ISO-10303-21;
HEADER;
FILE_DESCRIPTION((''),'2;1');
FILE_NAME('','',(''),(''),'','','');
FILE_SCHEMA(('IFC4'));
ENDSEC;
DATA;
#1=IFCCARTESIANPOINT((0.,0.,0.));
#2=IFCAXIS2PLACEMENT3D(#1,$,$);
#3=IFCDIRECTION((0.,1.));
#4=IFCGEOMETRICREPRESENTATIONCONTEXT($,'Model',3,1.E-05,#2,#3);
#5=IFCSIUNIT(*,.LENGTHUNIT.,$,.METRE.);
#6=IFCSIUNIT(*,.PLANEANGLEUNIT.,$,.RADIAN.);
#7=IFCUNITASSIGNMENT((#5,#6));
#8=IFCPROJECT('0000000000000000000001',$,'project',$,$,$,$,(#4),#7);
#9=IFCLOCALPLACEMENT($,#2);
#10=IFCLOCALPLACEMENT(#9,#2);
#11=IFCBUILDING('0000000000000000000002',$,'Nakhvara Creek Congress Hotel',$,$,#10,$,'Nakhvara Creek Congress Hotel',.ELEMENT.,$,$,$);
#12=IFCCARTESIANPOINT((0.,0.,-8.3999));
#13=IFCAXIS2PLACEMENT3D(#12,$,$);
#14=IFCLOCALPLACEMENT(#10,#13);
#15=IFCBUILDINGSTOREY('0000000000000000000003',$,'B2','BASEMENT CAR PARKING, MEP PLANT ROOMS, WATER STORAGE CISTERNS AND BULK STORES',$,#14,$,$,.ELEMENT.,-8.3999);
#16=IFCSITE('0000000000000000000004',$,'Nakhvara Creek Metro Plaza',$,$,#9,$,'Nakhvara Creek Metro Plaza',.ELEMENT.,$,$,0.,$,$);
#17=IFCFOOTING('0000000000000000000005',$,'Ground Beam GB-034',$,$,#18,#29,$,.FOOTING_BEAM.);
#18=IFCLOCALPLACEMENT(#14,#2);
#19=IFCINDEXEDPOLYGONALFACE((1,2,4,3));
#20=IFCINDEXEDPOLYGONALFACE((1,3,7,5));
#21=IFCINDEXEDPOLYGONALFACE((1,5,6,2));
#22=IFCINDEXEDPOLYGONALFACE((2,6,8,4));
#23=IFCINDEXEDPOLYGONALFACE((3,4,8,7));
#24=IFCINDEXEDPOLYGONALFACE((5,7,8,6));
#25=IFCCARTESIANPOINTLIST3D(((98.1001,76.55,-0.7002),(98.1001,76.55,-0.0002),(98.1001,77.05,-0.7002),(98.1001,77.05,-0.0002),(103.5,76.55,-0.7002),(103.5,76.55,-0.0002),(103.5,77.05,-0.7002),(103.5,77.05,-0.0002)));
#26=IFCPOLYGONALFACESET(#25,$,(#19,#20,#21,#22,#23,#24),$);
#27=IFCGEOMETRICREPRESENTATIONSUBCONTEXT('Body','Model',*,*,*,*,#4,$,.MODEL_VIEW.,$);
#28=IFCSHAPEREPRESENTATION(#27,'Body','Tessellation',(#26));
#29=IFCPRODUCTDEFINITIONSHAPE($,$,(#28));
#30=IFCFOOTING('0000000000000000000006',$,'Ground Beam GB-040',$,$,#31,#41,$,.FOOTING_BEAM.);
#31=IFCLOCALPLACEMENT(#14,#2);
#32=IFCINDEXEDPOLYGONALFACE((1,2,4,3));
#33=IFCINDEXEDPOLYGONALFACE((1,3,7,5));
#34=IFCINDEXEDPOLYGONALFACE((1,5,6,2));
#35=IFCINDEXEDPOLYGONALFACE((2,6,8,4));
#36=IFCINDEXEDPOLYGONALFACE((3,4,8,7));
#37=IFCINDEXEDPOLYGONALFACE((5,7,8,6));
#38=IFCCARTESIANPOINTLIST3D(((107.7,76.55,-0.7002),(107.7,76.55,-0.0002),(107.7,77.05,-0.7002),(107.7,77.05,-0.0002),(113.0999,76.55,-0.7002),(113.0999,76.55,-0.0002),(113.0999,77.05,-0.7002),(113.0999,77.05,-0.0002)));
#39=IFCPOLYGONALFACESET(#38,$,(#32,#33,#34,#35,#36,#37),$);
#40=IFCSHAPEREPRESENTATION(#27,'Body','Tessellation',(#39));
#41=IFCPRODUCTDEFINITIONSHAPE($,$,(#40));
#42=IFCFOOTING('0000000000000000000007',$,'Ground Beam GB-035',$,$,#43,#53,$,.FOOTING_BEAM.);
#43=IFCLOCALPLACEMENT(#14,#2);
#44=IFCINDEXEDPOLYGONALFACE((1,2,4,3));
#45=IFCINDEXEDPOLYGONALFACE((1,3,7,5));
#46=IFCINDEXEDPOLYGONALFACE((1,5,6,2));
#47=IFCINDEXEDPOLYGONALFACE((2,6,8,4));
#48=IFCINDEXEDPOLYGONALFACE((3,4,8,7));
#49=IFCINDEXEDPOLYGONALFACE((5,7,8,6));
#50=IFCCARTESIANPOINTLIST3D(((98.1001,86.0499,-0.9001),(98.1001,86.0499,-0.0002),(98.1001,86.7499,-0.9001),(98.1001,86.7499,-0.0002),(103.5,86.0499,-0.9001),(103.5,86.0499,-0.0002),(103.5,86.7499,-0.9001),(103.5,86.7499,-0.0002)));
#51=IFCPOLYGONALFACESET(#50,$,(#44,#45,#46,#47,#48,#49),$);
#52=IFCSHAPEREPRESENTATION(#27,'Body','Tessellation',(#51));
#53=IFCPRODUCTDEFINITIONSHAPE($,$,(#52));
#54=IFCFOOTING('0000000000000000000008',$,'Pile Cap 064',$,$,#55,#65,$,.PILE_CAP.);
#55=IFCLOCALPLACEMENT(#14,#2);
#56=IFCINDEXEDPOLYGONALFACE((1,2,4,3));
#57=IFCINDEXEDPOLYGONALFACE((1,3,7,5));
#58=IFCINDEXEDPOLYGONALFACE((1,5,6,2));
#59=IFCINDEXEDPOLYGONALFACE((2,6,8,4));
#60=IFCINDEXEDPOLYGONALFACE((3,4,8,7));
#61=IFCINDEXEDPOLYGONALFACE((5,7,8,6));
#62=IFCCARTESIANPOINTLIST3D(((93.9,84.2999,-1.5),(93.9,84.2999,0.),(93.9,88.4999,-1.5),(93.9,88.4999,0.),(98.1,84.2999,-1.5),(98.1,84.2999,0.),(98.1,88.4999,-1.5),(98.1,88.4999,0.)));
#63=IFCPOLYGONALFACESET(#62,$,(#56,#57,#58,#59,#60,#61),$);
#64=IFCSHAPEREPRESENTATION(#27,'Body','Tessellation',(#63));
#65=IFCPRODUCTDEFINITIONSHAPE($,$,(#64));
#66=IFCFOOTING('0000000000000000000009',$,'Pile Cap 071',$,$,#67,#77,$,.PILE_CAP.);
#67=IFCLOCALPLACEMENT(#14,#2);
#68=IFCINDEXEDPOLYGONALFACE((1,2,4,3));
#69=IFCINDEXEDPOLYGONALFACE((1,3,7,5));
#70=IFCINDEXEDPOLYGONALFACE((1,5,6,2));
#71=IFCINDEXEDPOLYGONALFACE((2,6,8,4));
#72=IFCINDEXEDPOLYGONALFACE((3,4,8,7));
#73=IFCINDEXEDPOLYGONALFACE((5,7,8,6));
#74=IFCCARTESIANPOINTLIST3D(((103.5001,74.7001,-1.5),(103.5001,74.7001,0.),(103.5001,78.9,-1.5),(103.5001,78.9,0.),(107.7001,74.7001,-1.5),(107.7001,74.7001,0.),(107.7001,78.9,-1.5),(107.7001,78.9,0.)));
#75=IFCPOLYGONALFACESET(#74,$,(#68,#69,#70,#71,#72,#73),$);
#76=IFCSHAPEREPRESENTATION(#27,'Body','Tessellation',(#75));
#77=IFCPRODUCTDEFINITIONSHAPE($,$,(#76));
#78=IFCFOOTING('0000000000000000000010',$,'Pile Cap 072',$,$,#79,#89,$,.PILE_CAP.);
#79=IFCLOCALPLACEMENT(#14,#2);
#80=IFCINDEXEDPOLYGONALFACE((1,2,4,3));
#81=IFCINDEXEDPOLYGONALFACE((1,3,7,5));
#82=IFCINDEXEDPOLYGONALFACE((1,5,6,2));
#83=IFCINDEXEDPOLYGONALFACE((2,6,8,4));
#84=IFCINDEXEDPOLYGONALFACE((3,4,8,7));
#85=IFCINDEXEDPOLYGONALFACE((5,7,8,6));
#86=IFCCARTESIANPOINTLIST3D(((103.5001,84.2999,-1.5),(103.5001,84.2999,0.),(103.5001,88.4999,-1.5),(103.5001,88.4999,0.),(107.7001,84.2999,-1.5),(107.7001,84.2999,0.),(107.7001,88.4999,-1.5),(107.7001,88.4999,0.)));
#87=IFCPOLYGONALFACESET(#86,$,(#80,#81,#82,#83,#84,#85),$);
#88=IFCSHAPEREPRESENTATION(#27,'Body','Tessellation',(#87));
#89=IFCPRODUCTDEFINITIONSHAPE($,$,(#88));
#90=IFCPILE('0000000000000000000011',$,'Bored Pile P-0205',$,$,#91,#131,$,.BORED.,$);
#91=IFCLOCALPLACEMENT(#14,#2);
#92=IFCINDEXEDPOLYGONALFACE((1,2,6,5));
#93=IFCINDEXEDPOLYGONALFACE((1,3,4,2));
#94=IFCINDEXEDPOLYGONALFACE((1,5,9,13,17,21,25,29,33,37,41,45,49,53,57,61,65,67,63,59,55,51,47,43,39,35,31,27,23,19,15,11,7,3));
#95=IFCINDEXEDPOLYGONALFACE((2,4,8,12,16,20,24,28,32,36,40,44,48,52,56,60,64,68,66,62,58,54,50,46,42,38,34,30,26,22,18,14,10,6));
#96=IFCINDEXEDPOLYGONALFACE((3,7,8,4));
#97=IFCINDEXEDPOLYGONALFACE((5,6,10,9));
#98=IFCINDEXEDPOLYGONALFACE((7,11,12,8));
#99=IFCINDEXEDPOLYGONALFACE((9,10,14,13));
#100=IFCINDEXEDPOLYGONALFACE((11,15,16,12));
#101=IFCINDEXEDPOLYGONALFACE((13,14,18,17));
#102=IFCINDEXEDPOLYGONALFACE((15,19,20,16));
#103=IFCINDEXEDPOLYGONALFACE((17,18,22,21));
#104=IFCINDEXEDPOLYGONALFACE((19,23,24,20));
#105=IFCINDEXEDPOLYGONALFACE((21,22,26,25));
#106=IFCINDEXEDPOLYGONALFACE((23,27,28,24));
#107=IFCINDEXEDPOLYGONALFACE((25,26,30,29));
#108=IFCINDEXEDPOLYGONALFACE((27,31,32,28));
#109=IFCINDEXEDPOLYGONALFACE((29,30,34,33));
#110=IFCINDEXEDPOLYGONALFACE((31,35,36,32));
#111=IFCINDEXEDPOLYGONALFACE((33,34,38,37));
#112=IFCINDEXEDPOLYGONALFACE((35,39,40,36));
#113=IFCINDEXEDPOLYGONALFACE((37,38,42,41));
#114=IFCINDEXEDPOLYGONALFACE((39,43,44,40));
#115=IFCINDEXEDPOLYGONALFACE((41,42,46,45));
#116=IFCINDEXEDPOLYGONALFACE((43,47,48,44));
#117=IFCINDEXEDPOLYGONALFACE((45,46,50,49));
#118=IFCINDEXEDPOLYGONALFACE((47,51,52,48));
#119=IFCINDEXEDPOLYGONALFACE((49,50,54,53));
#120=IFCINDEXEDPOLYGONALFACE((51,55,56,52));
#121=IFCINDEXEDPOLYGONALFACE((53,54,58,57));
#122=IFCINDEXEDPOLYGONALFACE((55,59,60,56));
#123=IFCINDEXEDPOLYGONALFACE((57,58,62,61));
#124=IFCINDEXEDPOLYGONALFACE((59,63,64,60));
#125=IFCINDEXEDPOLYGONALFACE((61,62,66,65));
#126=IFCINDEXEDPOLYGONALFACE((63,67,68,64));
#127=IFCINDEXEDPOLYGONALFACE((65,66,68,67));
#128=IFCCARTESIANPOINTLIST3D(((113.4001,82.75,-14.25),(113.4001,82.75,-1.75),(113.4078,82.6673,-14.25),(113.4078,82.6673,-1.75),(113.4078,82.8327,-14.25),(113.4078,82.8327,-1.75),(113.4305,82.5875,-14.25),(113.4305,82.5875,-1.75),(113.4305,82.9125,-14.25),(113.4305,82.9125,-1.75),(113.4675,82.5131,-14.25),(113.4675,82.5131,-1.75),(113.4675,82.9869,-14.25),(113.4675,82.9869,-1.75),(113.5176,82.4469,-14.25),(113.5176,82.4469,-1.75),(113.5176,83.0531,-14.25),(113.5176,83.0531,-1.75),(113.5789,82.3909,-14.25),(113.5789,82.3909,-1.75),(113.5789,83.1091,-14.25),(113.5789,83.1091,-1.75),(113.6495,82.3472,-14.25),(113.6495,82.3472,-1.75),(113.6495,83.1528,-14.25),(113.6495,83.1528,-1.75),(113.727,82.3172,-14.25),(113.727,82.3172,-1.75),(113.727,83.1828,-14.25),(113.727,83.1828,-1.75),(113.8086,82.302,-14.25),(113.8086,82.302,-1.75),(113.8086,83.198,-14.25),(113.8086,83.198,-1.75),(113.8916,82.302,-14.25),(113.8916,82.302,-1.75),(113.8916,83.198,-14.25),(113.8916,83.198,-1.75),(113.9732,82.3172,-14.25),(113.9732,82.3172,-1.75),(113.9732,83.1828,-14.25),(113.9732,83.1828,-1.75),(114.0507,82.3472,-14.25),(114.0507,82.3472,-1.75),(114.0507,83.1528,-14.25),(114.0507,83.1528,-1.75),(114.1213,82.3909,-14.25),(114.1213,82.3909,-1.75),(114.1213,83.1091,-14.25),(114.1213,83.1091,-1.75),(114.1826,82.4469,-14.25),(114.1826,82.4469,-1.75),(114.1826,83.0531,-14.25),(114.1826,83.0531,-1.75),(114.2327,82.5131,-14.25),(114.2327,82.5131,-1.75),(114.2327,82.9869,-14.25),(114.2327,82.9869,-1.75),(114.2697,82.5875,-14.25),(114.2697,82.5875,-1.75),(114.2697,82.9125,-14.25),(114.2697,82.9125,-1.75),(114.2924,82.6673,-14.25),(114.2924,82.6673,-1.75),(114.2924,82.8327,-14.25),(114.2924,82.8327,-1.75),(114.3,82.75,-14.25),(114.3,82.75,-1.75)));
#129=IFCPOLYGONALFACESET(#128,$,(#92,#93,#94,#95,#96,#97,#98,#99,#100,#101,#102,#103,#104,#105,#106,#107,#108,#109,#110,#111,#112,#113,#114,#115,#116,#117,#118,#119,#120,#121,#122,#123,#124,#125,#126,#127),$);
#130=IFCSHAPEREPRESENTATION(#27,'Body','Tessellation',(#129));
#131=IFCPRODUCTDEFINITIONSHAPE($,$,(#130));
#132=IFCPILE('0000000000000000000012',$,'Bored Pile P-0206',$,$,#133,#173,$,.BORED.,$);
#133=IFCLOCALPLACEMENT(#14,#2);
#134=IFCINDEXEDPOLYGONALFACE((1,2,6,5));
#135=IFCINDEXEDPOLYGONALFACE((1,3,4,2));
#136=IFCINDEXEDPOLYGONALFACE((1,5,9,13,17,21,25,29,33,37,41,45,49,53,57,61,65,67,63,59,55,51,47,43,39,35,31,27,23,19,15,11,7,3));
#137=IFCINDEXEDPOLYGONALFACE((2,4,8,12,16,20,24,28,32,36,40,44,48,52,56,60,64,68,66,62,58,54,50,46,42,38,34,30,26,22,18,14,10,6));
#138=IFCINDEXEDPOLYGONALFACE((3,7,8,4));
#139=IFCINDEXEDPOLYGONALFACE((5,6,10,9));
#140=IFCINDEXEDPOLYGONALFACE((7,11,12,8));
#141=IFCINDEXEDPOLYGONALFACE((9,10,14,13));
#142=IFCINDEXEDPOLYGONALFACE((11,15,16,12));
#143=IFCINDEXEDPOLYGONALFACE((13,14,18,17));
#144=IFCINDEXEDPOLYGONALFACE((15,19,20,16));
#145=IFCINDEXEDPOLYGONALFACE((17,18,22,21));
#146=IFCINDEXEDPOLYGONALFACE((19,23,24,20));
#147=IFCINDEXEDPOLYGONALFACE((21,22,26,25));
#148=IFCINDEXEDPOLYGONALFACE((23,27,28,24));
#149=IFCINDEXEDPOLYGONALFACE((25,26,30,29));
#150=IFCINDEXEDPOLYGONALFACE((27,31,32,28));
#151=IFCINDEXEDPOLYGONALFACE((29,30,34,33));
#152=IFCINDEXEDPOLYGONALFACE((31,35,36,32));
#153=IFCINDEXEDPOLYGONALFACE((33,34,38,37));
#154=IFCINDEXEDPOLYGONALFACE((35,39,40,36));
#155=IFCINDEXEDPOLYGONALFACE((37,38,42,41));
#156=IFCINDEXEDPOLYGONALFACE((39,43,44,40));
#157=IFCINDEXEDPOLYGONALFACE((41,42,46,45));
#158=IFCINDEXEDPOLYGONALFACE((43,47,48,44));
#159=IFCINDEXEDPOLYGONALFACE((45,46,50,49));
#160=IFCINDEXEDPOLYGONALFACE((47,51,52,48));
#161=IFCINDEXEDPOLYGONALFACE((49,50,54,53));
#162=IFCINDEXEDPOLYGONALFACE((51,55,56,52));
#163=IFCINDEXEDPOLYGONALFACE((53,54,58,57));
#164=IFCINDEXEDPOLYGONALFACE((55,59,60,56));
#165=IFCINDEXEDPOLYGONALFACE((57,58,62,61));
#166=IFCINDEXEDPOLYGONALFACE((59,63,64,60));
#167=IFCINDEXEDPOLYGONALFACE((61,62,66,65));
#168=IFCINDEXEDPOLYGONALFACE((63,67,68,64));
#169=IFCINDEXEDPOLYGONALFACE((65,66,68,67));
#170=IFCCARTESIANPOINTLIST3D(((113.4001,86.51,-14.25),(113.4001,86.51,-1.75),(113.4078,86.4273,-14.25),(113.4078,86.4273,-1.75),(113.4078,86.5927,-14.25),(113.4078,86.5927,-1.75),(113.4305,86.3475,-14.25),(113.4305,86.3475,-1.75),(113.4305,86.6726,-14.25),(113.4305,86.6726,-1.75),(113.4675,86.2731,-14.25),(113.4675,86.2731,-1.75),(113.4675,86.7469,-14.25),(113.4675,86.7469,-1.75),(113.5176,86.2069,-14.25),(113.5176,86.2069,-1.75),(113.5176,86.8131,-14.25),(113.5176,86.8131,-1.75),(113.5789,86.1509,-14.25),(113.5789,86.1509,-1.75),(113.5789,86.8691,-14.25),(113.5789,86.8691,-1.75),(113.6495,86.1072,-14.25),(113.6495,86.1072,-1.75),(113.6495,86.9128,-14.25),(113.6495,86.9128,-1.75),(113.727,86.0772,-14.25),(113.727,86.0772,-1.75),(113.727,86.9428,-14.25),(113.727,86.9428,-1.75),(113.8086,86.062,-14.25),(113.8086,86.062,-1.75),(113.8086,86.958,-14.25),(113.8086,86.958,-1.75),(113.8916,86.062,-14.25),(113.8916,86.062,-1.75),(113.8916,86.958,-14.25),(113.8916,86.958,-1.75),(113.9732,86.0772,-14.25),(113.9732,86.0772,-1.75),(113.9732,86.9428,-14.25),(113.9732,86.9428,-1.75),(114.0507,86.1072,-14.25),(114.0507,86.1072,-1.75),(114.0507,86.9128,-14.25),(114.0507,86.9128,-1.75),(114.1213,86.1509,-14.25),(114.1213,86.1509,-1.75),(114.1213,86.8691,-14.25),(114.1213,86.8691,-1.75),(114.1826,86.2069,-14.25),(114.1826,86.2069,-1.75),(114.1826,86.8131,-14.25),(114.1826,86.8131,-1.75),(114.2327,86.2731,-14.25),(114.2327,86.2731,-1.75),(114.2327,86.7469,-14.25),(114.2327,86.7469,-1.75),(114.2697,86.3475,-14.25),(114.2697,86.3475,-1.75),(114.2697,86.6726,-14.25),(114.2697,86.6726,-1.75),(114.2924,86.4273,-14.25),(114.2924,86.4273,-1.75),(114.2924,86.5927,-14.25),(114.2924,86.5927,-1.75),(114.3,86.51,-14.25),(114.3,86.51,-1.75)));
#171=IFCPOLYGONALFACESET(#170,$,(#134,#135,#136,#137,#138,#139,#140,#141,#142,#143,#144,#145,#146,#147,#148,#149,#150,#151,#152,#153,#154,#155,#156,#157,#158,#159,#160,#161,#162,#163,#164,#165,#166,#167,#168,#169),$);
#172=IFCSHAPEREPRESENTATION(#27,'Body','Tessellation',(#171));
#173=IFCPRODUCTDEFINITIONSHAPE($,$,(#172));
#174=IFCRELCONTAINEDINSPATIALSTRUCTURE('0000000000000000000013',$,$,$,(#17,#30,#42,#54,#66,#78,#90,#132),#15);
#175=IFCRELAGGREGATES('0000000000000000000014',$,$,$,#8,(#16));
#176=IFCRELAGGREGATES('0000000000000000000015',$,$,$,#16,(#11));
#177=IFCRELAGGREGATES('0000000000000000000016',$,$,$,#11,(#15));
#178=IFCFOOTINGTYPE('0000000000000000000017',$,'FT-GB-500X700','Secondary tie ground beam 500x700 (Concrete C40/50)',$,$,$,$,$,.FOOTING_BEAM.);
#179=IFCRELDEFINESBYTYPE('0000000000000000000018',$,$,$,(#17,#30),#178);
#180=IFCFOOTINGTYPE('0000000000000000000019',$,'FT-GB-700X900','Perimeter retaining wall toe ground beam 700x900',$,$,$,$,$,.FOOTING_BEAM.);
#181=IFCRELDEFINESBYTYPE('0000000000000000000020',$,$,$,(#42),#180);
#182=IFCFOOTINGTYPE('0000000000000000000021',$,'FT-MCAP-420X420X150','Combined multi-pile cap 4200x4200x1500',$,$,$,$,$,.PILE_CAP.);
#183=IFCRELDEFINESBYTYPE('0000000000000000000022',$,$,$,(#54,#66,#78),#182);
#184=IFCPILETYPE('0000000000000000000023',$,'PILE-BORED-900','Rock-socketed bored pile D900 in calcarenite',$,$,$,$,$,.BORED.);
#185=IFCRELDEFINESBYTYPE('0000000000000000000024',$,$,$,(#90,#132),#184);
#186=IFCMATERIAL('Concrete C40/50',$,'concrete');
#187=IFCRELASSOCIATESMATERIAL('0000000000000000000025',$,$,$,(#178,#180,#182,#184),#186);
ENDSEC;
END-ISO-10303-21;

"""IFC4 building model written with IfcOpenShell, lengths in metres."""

from ifc_helpers import new_model, si_unit, direction, frame, origin, origin_2d, place, context, subcontext, project, spatial, rectangle, circle, extrude, material, material_profile, profile_set, type_object, element, save


model = new_model("IFC4")

# Units and contexts
model_context = context("Model", 3, precision=1e-05, world=origin(), true_north=direction((0.0, 1.0)))
body_context = subcontext(model_context, "Body", "Model", "MODEL_VIEW")
ifc_project = project(units=[si_unit("LENGTHUNIT", "METRE"), si_unit("PLANEANGLEUNIT", "RADIAN")], contexts=[model_context])

# Site, building, storey
site_placement = place(None, origin())
site = spatial("IfcSite", under=ifc_project, at=site_placement, Name="Nakhvara Creek Metro Plaza", LongName="Nakhvara Creek Metro Plaza", CompositionType="ELEMENT", RefElevation=0.0)
building_placement = place(site_placement, origin())
building = spatial("IfcBuilding", under=site, at=building_placement, Name="Nakhvara Creek Congress Hotel", LongName="Nakhvara Creek Congress Hotel", CompositionType="ELEMENT")
storey_placement = place(building_placement, frame((0.0, 0.0, -8.3999)))
storey = spatial("IfcBuildingStorey", under=building, at=storey_placement, Name="B2", Description="BASEMENT CAR PARKING, MEP PLANT ROOMS, WATER STORAGE CISTERNS AND BULK STORES", CompositionType="ELEMENT", Elevation=-8.3999)

# Footings
ifc_material_1 = material(Name="Concrete C40/50", Category="concrete")
footing_type_1 = type_object("IfcFootingType", Name="FT-GB-500X700", Description="Secondary tie ground beam 500x700 (Concrete C40/50)", PredefinedType="FOOTING_BEAM", material=ifc_material_1)
for number, where, z_axis, x_axis, name in (
    (1, (100.8, 76.8, -0.7002), (0.0, 0.0, 1.0), (1.0, 0.0, 0.0), "Ground Beam GB-034"),
    (2, (110.3999, 76.8, -0.7002), (0.0, 0.0, 1.0), (1.0, 0.0, 0.0), "Ground Beam GB-040"),
):
    element("IfcFooting", number, at=place(storey_placement, frame(where, z_axis=z_axis, x_axis=x_axis)), inside=storey, type_object=footing_type_1, Name=name, PredefinedType="FOOTING_BEAM", context=body_context, shape_type="SweptSolid", body=[
        extrude(rectangle(XDim=5.3999, YDim=0.5, at=origin_2d()), origin(), (0.0, 0.0, 1.0), 0.7),
    ])
footing_type_2 = type_object("IfcFootingType", Name="FT-GB-700X900", Description="Perimeter retaining wall toe ground beam 700x900", PredefinedType="FOOTING_BEAM", material=ifc_material_1)
footing_placement = place(storey_placement, frame((100.8, 86.3999, -0.9001), z_axis=(0.0, 0.0, 1.0), x_axis=(1.0, 0.0, 0.0)))
element("IfcFooting", 3, at=footing_placement, inside=storey, type_object=footing_type_2, Name="Ground Beam GB-035", PredefinedType="FOOTING_BEAM", context=body_context, shape_type="SweptSolid", body=[
    extrude(rectangle(XDim=5.3999, YDim=0.7, at=origin_2d()), origin(), (0.0, 0.0, 1.0), 0.8999),
])
footing_type_3 = type_object("IfcFootingType", Name="FT-MCAP-420X420X150", Description="Combined multi-pile cap 4200x4200x1500", PredefinedType="PILE_CAP", material=ifc_material_1)
for number, where, z_axis, x_axis, name in (
    (4, (96.0, 86.3999, -1.5), (0.0, 0.0, 1.0), (1.0, 0.0, 0.0), "Pile Cap 064"),
    (5, (105.6001, 76.8, -1.5), (0.0, 0.0, 1.0), (1.0, 0.0, 0.0), "Pile Cap 071"),
    (6, (105.6001, 86.3999, -1.5), (0.0, 0.0, 1.0), (1.0, 0.0, 0.0), "Pile Cap 072"),
):
    element("IfcFooting", number, at=place(storey_placement, frame(where, z_axis=z_axis, x_axis=x_axis)), inside=storey, type_object=footing_type_3, Name=name, PredefinedType="PILE_CAP", context=body_context, shape_type="SweptSolid", body=[
        extrude(rectangle(XDim=4.2, YDim=4.2, at=origin_2d()), origin(), (0.0, 0.0, 1.0), 1.5),
    ])

# Piles
ifc_material_profile_1 = material_profile(ifc_material_1, circle(Radius=0.45, at=origin_2d()), Name="BORED PILE D900", Category="LoadBearing")
ifc_profile_set_1 = profile_set([ifc_material_profile_1], Name="Concrete C40/50")
pile_type = type_object("IfcPileType", Name="PILE-BORED-900", Description="Rock-socketed bored pile D900 in calcarenite", PredefinedType="BORED", material=ifc_profile_set_1)
for number, where, z_axis, x_axis, name in (
    (7, (113.8501, 82.75, -1.75), (0.0, 0.0, -1.0), (1.0, 0.0, 0.0), "Bored Pile P-0205"),
    (8, (113.8501, 86.51, -1.75), (0.0, 0.0, -1.0), (1.0, 0.0, 0.0), "Bored Pile P-0206"),
):
    element("IfcPile", number, at=place(storey_placement, frame(where, z_axis=z_axis, x_axis=x_axis)), inside=storey, type_object=pile_type, Name=name, PredefinedType="BORED", context=body_context, shape_type="SweptSolid", body=[
        extrude(circle(Radius=0.45, at=origin_2d()), origin(), (0.0, 0.0, 1.0), 12.5),
    ])

save(model, "model.ifc")
